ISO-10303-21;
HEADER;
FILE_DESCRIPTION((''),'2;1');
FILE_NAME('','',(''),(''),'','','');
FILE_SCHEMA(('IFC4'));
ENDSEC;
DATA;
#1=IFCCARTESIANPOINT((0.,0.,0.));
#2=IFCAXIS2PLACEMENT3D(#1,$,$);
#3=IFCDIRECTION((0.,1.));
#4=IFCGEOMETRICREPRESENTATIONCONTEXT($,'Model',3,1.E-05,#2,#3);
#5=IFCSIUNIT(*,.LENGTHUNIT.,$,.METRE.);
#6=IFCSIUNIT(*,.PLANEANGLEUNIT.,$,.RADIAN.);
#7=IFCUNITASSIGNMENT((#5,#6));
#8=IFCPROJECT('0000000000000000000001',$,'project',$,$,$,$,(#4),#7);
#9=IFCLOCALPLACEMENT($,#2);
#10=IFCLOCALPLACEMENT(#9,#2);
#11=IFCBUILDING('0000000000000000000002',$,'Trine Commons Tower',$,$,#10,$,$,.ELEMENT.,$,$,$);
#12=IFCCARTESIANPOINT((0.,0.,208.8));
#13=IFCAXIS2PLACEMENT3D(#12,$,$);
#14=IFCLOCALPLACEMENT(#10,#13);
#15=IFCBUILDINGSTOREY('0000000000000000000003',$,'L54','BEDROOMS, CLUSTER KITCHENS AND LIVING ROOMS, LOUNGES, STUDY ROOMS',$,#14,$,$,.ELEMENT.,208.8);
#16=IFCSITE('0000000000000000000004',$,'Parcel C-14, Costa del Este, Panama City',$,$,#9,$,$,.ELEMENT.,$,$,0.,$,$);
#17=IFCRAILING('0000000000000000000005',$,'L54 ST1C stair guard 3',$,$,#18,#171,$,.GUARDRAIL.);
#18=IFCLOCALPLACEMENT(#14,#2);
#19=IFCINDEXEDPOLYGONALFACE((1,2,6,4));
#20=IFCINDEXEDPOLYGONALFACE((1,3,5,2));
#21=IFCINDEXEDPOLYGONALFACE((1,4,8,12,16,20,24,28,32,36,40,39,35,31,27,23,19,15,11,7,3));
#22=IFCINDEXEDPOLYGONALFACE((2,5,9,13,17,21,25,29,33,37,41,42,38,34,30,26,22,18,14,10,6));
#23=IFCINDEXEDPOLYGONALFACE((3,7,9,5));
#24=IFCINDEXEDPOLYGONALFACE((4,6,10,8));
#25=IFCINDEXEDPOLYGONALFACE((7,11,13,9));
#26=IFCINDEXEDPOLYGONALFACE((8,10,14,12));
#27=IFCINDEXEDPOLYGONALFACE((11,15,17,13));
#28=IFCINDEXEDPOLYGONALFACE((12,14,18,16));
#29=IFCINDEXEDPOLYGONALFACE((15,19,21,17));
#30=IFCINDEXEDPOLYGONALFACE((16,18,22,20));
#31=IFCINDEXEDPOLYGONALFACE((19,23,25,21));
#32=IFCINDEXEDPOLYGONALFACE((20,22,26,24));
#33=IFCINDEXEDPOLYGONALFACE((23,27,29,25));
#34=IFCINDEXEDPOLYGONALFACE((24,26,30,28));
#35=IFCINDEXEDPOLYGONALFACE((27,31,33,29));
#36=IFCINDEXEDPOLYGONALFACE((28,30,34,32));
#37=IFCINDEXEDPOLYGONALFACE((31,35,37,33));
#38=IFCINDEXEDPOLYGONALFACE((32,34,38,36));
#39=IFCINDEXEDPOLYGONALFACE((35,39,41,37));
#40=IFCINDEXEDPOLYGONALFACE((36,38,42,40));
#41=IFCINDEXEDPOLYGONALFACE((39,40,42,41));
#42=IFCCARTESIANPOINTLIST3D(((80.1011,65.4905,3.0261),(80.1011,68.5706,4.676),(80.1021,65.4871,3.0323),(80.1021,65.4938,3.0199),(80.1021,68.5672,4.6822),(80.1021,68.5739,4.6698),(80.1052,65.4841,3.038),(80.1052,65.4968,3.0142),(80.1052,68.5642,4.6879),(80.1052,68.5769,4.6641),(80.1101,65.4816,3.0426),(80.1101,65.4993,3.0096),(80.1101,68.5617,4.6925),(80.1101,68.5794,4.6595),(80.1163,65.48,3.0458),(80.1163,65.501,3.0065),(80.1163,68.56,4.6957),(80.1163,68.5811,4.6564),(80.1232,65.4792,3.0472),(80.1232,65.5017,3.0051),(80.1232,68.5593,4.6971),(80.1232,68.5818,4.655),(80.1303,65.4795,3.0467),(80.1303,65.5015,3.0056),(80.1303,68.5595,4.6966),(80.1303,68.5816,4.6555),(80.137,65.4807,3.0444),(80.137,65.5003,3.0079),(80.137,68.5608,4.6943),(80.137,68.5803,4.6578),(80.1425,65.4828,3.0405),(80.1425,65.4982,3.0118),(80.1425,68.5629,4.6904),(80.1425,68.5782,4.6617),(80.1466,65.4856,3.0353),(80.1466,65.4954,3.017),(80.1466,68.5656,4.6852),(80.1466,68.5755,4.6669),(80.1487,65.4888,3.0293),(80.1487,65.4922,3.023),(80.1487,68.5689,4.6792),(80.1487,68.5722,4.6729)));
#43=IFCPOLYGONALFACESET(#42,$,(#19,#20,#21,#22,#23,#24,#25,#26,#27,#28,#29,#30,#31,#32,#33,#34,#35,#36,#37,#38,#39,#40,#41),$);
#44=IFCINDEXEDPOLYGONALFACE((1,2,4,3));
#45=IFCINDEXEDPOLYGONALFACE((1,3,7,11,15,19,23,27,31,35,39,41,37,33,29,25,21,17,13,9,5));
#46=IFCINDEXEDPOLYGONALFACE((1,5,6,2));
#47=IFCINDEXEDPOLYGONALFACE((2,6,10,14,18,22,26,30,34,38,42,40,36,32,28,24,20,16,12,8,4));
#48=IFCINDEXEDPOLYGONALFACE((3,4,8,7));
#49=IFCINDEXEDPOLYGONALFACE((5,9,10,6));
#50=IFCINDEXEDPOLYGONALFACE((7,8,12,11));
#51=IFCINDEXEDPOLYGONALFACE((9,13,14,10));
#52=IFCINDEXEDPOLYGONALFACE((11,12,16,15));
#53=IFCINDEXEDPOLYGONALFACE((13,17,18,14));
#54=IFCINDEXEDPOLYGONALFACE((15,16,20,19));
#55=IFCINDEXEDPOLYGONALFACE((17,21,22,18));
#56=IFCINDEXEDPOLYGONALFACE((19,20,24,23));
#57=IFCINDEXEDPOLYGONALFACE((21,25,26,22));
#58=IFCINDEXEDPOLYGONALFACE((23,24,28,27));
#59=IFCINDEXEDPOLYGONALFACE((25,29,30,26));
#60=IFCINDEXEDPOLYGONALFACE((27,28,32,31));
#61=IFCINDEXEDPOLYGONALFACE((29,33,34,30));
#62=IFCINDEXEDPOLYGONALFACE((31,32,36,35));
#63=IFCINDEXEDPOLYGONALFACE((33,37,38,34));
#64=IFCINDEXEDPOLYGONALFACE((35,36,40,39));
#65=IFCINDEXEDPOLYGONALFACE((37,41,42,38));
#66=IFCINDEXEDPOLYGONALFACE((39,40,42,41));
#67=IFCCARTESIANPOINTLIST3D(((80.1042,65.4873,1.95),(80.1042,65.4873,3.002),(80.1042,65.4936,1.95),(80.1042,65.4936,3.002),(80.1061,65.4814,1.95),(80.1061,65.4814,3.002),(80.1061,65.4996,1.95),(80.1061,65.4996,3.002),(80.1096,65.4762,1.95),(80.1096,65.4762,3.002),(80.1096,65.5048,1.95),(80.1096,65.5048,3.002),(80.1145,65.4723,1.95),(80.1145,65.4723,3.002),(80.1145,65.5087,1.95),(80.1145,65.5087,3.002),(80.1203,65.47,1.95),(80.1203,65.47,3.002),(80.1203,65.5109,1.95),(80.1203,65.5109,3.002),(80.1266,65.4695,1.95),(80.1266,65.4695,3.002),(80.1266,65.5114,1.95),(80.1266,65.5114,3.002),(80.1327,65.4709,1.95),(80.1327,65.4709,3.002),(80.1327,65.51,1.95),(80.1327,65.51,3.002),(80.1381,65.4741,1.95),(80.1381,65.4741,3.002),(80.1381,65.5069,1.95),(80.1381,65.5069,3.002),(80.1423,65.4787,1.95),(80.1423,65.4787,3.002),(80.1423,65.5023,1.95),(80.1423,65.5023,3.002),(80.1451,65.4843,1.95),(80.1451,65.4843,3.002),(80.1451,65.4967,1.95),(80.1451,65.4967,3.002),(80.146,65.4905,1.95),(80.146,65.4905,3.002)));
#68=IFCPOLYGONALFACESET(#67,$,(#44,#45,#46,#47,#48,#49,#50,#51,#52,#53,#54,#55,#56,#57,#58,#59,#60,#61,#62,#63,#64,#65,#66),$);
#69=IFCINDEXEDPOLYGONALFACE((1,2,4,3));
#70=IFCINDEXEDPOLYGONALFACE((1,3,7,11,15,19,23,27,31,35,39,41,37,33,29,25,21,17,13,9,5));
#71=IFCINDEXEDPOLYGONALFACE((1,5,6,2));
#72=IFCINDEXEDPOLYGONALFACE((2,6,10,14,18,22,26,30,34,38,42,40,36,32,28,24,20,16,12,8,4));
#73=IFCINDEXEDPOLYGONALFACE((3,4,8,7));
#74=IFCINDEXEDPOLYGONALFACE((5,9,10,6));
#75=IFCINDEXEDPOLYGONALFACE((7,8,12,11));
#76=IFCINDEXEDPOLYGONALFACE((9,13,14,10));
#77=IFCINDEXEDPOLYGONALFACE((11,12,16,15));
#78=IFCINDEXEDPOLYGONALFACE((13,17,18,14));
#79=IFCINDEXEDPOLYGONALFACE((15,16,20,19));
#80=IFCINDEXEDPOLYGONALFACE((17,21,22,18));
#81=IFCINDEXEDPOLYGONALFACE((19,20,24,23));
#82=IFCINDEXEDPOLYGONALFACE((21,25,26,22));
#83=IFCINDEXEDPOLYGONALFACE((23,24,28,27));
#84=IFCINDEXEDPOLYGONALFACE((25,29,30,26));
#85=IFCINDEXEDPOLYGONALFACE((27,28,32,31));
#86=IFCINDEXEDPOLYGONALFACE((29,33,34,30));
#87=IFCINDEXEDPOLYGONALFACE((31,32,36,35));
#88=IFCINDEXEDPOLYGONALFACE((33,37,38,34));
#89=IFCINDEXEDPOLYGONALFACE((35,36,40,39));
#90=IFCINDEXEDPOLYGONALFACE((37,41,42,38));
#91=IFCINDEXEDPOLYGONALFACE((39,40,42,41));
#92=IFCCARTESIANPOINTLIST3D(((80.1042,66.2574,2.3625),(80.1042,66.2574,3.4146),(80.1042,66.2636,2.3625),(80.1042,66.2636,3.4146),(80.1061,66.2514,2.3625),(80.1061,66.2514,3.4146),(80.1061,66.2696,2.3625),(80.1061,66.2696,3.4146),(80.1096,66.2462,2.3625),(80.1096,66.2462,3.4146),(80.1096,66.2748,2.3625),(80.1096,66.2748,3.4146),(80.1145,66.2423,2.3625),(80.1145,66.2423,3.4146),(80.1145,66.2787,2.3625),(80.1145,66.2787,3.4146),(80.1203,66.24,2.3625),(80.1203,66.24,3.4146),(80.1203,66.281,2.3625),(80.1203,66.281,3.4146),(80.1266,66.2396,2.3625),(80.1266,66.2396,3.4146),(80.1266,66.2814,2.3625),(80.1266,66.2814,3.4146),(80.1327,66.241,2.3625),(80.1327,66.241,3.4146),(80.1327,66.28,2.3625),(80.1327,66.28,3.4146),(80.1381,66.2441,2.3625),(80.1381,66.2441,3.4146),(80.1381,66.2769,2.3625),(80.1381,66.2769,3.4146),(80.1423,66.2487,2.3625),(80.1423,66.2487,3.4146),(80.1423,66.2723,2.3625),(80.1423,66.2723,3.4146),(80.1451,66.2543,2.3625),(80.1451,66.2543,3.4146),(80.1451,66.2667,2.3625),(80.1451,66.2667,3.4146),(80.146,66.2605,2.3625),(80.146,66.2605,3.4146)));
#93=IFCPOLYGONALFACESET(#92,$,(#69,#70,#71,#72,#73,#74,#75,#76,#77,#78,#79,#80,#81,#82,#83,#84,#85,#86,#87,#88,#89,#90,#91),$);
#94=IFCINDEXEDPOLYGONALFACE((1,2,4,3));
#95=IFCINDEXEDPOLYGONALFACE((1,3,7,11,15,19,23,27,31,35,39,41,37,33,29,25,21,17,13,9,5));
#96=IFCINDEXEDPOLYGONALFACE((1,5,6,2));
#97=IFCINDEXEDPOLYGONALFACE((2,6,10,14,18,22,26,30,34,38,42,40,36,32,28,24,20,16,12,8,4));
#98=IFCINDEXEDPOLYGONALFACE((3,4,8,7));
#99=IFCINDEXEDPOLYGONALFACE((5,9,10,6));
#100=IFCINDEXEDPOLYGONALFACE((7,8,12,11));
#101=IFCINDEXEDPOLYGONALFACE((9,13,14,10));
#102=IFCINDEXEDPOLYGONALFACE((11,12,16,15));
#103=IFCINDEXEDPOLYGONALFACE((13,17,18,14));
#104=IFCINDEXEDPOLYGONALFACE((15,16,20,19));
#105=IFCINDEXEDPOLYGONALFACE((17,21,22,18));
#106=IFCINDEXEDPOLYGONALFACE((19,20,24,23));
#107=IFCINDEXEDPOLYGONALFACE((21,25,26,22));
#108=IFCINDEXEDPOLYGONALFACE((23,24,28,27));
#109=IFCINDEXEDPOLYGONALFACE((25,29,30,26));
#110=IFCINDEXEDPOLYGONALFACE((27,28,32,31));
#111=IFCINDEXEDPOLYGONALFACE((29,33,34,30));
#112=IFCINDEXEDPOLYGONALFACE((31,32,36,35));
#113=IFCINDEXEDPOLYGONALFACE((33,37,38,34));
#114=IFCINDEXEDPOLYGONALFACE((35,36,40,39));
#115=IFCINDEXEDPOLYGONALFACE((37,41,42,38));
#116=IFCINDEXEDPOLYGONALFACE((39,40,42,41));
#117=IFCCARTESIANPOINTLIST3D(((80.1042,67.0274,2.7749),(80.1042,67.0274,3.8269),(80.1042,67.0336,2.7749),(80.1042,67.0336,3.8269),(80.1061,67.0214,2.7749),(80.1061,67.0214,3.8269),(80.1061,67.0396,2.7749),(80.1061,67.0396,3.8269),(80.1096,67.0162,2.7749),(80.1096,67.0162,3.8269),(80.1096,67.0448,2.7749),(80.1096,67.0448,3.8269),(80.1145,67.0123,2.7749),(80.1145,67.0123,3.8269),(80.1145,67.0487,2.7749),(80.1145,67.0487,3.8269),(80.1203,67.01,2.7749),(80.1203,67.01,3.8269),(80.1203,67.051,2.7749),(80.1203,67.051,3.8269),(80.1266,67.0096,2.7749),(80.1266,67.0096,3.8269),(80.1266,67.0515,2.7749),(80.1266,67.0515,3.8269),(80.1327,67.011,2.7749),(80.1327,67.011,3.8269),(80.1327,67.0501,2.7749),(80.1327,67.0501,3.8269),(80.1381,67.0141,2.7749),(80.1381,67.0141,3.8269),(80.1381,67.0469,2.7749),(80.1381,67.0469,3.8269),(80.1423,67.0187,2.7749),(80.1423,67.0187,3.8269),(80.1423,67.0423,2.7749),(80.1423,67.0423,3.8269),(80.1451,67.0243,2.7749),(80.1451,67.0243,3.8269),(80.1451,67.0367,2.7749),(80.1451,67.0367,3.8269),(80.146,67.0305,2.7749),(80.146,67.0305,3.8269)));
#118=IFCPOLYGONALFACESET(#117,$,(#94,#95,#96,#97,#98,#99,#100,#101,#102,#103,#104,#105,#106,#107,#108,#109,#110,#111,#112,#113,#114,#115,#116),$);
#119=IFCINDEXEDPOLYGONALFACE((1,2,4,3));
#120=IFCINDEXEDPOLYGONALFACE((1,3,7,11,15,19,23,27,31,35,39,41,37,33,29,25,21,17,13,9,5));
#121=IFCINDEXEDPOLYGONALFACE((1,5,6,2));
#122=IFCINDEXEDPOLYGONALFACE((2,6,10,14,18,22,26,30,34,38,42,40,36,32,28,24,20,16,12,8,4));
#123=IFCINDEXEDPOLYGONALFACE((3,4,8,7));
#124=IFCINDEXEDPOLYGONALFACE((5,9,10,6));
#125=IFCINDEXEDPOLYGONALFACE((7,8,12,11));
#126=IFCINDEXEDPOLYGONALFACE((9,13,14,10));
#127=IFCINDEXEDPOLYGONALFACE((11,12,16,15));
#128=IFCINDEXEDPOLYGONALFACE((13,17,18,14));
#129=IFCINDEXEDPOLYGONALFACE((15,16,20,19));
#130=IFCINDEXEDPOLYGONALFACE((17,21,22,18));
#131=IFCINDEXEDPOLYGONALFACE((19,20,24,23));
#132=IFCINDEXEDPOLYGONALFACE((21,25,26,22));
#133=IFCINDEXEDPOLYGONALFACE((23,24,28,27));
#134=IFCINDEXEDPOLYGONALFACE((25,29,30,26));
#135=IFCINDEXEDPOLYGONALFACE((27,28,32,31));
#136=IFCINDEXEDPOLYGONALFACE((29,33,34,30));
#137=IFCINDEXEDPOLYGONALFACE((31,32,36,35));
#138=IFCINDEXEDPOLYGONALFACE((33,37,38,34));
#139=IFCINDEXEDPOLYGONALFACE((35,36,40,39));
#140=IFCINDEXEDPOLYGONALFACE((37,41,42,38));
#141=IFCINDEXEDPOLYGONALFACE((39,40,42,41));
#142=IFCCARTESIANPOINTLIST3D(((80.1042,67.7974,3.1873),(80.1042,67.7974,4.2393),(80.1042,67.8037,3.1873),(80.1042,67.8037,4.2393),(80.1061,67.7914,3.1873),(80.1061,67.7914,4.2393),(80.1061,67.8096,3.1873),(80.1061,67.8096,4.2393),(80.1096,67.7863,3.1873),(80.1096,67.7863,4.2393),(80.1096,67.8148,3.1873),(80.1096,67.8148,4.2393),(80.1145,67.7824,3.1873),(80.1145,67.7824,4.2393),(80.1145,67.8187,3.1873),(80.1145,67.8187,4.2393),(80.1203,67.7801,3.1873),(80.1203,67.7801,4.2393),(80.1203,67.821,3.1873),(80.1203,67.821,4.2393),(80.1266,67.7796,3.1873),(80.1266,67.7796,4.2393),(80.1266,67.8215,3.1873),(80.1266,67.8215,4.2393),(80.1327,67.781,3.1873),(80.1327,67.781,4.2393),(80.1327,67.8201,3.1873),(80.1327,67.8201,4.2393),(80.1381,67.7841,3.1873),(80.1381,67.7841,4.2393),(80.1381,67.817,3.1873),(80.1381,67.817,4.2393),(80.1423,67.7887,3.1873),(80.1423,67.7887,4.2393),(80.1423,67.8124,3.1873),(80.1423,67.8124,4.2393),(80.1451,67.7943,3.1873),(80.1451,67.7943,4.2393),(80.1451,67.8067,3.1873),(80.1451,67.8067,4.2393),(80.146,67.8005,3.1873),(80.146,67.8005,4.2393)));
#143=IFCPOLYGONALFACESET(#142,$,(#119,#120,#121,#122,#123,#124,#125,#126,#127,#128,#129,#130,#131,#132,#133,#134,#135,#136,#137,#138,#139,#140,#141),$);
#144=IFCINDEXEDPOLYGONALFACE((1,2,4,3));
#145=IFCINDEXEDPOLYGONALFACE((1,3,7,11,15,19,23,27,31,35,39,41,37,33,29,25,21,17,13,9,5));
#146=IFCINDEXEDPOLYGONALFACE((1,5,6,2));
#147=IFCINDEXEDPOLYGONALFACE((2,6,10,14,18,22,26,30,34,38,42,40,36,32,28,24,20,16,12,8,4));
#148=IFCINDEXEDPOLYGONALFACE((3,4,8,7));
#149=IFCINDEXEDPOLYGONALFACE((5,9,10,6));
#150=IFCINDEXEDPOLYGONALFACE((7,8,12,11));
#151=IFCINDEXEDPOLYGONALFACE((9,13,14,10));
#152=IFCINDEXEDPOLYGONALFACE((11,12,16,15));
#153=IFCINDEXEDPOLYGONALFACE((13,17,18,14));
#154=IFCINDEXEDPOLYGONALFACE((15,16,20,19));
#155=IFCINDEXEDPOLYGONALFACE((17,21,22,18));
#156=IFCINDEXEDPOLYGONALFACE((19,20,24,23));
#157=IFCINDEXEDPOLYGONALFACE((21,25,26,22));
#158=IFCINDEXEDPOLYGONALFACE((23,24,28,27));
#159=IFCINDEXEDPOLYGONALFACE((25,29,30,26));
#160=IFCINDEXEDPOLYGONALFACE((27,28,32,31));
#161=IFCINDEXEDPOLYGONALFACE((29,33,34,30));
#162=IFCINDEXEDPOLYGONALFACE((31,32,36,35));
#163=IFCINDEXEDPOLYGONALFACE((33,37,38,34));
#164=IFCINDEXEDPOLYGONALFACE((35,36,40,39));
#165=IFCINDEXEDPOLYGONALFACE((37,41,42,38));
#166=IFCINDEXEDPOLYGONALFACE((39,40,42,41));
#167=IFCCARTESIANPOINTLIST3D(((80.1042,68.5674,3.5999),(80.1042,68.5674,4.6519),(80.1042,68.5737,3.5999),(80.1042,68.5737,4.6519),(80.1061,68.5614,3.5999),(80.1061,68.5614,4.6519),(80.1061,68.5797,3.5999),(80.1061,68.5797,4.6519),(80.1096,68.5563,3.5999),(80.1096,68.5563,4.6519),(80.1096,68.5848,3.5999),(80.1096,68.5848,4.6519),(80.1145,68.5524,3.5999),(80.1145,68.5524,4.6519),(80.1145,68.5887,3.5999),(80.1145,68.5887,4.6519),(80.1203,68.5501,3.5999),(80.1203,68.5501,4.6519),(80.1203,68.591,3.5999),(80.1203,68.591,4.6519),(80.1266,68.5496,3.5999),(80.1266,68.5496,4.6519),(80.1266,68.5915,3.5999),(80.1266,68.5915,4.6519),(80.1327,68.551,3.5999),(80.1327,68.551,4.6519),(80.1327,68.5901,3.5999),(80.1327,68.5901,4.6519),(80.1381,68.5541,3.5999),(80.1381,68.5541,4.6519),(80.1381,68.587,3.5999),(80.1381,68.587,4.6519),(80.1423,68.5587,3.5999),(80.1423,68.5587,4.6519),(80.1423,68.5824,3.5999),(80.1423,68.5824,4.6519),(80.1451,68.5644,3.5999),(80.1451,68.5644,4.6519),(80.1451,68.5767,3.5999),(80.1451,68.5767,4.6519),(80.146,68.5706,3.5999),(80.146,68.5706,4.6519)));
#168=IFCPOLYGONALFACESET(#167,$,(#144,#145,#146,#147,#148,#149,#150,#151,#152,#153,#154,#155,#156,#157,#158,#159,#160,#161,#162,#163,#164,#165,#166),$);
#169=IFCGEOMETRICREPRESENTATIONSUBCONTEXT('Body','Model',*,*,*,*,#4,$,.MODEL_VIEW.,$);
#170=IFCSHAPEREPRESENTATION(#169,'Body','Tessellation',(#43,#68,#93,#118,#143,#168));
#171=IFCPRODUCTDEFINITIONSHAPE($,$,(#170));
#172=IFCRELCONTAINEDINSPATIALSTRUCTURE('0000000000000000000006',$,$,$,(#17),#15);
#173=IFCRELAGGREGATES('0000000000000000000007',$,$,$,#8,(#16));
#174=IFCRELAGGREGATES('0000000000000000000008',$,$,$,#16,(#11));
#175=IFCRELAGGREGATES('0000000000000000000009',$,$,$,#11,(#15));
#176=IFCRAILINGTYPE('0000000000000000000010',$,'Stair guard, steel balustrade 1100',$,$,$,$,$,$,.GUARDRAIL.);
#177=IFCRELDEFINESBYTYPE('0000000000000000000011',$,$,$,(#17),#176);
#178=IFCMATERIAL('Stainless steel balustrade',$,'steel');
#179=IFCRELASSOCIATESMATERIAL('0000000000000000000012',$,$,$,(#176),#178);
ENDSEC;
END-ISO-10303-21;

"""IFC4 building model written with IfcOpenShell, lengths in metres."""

from ifc_helpers import new_model, si_unit, direction, frame, origin, origin_2d, place, context, subcontext, project, spatial, circle, extrude, material, type_object, element, save


model = new_model("IFC4")

# Units and contexts
model_context = context("Model", 3, precision=1e-05, world=origin(), true_north=direction((0.0, 1.0)))
body_context = subcontext(model_context, "Body", "Model", "MODEL_VIEW")
ifc_project = project(units=[si_unit("LENGTHUNIT", "METRE"), si_unit("PLANEANGLEUNIT", "RADIAN")], contexts=[model_context])

# Site, building, storey
site_placement = place(None, origin())
site = spatial("IfcSite", under=ifc_project, at=site_placement, Name="Parcel C-14, Costa del Este, Panama City", CompositionType="ELEMENT", RefElevation=0.0)
building_placement = place(site_placement, origin())
building = spatial("IfcBuilding", under=site, at=building_placement, Name="Trine Commons Tower", CompositionType="ELEMENT")
storey_placement = place(building_placement, frame((0.0, 0.0, 208.8)))
storey = spatial("IfcBuildingStorey", under=building, at=storey_placement, Name="L54", Description="BEDROOMS, CLUSTER KITCHENS AND LIVING ROOMS, LOUNGES, STUDY ROOMS", CompositionType="ELEMENT", Elevation=208.8)

# Railing
ifc_material_1 = material(Name="Stainless steel balustrade", Category="steel")
railing_type_1 = type_object("IfcRailingType", Name="Stair guard, steel balustrade 1100", PredefinedType="GUARDRAIL", material=ifc_material_1)
railing_1_placement = place(storey_placement, frame((80.125, 65.4905, 1.95)))
element("IfcRailing", 1, at=railing_1_placement, inside=storey, type_object=railing_type_1, Name="L54 ST1C stair guard 3", PredefinedType="GUARDRAIL", context=body_context, shape_type="SweptSolid", body=[
    extrude(circle(Radius=0.0239, at=origin_2d()), frame((0.0, 0.0, 1.0762), z_axis=(0.0, 0.881497, 0.47219), x_axis=(-1.0, 0.0, 0.0)), (0.0, 0.0, 1.0), 3.4941),
    extrude(circle(Radius=0.021, at=origin_2d()), origin(), (0.0, 0.0, 1.0), 1.052),
    extrude(circle(Radius=0.021, at=origin_2d()), frame((0.0, 0.77, 0.4126)), (0.0, 0.0, 1.0), 1.052),
    extrude(circle(Radius=0.021, at=origin_2d()), frame((0.0, 1.54, 0.825)), (0.0, 0.0, 1.0), 1.052),
    extrude(circle(Radius=0.021, at=origin_2d()), frame((0.0, 2.3101, 1.2373)), (0.0, 0.0, 1.0), 1.052),
    extrude(circle(Radius=0.021, at=origin_2d()), frame((0.0, 3.0801, 1.6499)), (0.0, 0.0, 1.0), 1.052),
])

save(model, "model.ifc")
